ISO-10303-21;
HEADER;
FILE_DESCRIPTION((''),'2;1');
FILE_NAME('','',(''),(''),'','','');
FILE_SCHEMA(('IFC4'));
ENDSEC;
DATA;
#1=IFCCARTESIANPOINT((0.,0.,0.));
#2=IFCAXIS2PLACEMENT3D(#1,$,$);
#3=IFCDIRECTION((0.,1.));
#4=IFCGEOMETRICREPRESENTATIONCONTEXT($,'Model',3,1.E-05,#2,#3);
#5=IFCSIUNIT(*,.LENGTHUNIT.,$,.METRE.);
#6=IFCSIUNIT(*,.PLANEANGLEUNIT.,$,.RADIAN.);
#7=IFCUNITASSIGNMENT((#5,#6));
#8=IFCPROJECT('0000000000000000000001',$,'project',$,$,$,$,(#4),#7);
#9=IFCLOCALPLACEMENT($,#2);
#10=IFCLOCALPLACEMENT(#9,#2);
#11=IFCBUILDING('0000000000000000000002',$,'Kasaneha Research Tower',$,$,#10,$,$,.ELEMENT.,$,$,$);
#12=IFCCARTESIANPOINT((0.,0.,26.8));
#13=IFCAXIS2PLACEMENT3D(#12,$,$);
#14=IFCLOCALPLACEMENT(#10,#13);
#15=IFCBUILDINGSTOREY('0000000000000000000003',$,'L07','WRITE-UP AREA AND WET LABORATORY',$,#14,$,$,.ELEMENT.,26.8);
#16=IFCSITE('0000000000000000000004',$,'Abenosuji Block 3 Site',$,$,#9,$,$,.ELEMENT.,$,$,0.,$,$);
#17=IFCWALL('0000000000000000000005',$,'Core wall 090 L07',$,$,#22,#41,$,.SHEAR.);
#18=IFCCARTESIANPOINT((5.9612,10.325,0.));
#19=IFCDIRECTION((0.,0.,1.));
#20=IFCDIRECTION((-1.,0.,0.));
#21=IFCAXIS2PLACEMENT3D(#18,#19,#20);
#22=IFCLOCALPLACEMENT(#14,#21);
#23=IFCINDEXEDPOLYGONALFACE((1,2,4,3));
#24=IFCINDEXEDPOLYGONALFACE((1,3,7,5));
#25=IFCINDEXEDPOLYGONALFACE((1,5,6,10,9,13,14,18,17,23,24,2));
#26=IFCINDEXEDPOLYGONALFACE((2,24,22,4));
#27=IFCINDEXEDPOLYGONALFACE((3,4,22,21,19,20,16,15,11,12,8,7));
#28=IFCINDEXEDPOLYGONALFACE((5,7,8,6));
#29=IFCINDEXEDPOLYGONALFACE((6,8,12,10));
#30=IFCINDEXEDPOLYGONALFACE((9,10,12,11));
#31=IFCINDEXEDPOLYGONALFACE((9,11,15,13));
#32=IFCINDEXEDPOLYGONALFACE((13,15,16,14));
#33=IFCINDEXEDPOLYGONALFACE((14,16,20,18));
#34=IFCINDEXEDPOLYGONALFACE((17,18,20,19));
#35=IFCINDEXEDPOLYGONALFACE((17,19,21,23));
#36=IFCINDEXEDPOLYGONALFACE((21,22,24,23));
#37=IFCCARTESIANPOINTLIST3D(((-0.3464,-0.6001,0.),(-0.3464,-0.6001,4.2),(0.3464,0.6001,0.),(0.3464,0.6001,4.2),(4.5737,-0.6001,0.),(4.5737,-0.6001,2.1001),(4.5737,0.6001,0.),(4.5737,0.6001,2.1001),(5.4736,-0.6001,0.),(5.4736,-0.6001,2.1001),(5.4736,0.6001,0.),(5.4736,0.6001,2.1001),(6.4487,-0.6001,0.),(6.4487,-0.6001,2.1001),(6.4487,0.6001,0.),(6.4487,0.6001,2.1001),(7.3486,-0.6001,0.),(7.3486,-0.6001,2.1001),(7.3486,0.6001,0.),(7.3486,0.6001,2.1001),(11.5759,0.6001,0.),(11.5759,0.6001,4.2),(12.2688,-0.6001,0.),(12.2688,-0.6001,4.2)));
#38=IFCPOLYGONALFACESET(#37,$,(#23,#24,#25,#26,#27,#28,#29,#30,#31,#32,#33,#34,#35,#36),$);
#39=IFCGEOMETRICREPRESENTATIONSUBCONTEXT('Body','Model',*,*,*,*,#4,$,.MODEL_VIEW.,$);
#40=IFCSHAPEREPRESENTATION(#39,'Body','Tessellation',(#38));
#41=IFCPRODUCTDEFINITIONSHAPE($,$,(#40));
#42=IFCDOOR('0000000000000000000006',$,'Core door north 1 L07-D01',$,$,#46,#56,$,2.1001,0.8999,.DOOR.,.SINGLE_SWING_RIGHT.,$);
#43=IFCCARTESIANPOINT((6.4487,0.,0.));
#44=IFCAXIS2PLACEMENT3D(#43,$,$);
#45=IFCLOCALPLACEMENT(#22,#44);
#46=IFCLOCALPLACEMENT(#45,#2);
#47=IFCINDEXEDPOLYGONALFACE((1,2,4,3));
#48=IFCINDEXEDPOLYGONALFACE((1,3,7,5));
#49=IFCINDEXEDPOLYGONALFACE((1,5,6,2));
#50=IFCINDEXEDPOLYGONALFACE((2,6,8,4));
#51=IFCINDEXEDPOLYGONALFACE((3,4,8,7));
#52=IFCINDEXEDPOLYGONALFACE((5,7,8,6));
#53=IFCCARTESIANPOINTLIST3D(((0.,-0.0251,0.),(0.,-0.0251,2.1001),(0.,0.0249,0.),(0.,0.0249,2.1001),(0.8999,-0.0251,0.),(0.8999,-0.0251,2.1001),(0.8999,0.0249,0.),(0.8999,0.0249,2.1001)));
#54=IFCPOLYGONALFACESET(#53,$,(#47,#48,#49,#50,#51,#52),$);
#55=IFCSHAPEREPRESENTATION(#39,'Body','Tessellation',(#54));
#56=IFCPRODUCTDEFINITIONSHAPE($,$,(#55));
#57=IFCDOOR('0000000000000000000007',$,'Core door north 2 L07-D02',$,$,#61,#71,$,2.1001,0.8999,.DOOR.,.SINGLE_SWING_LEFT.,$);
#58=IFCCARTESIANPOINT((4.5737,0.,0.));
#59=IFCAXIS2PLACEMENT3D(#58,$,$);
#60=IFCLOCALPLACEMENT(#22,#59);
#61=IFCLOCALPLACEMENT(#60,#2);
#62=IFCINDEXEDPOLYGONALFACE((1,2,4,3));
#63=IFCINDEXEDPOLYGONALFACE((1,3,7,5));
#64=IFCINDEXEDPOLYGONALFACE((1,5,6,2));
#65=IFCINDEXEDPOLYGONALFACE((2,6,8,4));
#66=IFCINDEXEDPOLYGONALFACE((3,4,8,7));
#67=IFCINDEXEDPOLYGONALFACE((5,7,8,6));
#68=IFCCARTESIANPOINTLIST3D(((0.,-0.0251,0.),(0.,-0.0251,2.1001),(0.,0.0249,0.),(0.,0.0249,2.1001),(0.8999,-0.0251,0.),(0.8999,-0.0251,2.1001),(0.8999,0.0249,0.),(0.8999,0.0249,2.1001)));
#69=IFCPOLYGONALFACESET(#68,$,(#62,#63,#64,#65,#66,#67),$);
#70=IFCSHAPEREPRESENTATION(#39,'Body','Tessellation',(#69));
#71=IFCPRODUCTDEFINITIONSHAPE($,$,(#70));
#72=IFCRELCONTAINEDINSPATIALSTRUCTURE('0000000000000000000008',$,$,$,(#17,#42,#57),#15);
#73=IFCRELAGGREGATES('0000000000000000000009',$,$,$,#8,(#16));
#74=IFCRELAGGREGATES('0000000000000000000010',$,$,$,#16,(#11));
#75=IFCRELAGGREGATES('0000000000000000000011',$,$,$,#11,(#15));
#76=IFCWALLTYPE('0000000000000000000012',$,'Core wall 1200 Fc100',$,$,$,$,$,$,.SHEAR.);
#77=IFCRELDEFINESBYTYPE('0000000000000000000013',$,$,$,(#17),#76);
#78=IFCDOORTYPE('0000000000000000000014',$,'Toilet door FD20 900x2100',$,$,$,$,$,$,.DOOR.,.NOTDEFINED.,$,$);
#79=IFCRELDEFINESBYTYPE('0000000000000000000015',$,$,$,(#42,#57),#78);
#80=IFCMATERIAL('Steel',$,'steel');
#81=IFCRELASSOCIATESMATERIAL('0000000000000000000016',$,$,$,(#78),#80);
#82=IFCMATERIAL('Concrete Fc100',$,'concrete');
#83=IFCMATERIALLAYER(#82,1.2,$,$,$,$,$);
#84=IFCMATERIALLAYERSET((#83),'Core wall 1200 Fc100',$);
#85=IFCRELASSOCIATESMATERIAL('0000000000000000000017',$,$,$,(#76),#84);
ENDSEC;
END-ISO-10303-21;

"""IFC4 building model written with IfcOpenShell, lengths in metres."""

from ifc_helpers import new_model, si_unit, direction, frame, frame_2d, origin, place, context, subcontext, project, spatial, polyline, rectangle, outline, extrude, material, layer, layer_set, type_object, element, fill, save


model = new_model("IFC4")

# Units and contexts
model_context = context("Model", 3, precision=1e-05, world=origin(), true_north=direction((0.0, 1.0)))
body_context = subcontext(model_context, "Body", "Model", "MODEL_VIEW")
ifc_project = project(units=[si_unit("LENGTHUNIT", "METRE"), si_unit("PLANEANGLEUNIT", "RADIAN")], contexts=[model_context])

# Site, building, storey
site_placement = place(None, origin())
site = spatial("IfcSite", under=ifc_project, at=site_placement, Name="Abenosuji Block 3 Site", CompositionType="ELEMENT", RefElevation=0.0)
building_placement = place(site_placement, origin())
building = spatial("IfcBuilding", under=site, at=building_placement, Name="Kasaneha Research Tower", CompositionType="ELEMENT")
storey_placement = place(building_placement, frame((0.0, 0.0, 26.8)))
storey = spatial("IfcBuildingStorey", under=building, at=storey_placement, Name="L07", Description="WRITE-UP AREA AND WET LABORATORY", CompositionType="ELEMENT", Elevation=26.8)

# Shared definitions
ifc_material_1 = material(Name="Steel", Category="steel")
door_type_1 = type_object("IfcDoorType", Name="Toilet door FD20 900x2100", OperationType="NOTDEFINED", PredefinedType="DOOR", material=ifc_material_1)

# Wall, openings, doors
ifc_material_2 = material(Name="Concrete Fc100", Category="concrete")
ifc_layer_1 = layer(ifc_material_2, 1.2)
ifc_layer_set_1 = layer_set([ifc_layer_1], Name="Core wall 1200 Fc100")
wall_type_1 = type_object("IfcWallType", Name="Core wall 1200 Fc100", PredefinedType="SHEAR", material=ifc_layer_set_1)
wall_1_placement = place(storey_placement, frame((5.9612, 10.325, 0.0), z_axis=(0.0, 0.0, 1.0), x_axis=(-1.0, 0.0, 0.0)))
wall_1 = element("IfcWall", 1, at=wall_1_placement, inside=storey, type_object=wall_type_1, Name="Core wall 090 L07", PredefinedType="SHEAR", context=body_context, shape_type="SweptSolid", body=[
    extrude(outline(polyline([(-0.3464, -0.6001), (4.5737, -0.6001), (5.4736, -0.6001), (6.4487, -0.6001), (7.3486, -0.6001), (12.2688, -0.6001), (11.5759, 0.6001), (7.3486, 0.6001), (6.4487, 0.6001), (5.4736, 0.6001), (4.5737, 0.6001), (0.3464, 0.6001), (-0.3464, -0.6001)])), origin(), (0.0, 0.0, 1.0), 4.2),
])
opening_1_placement = place(wall_1_placement, frame((6.4487, 0.0, 0.0)))
opening_1 = element("IfcOpeningElement", 2, at=opening_1_placement, cuts=wall_1, PredefinedType="OPENING", context=body_context, shape_type="SweptSolid", body=[
    extrude(rectangle(XDim=0.8999, YDim=2.1001, at=frame_2d((0.45, 1.05))), frame((0.0, 0.6099, 0.0), z_axis=(0.0, -1.0, 0.0), x_axis=(1.0, 0.0, 0.0)), (0.0, 0.0, 1.0), 1.22),
])
opening_2_placement = place(wall_1_placement, frame((4.5737, 0.0, 0.0)))
opening_2 = element("IfcOpeningElement", 3, at=opening_2_placement, cuts=wall_1, PredefinedType="OPENING", context=body_context, shape_type="SweptSolid", body=[
    extrude(rectangle(XDim=0.8999, YDim=2.1001, at=frame_2d((0.45, 1.05))), frame((0.0, 0.6099, 0.0), z_axis=(0.0, -1.0, 0.0), x_axis=(1.0, 0.0, 0.0)), (0.0, 0.0, 1.0), 1.22),
])
door_1_placement = place(opening_1_placement, origin())
door_1 = element("IfcDoor", 4, at=door_1_placement, inside=storey, type_object=door_type_1, Name="Core door north 1 L07-D01", OperationType="SINGLE_SWING_RIGHT", OverallHeight=2.1001, OverallWidth=0.8999, PredefinedType="DOOR", context=body_context, shape_type="SweptSolid", body=[
    extrude(rectangle(XDim=0.8999, YDim=2.1001, at=frame_2d((0.45, 1.05))), frame((0.0, 0.0249, 0.0), z_axis=(0.0, -1.0, 0.0), x_axis=(1.0, 0.0, 0.0)), (0.0, 0.0, 1.0), 0.05),
])
fill(opening_1, door_1)
door_2_placement = place(opening_2_placement, origin())
door_2 = element("IfcDoor", 5, at=door_2_placement, inside=storey, type_object=door_type_1, Name="Core door north 2 L07-D02", OperationType="SINGLE_SWING_LEFT", OverallHeight=2.1001, OverallWidth=0.8999, PredefinedType="DOOR", context=body_context, shape_type="SweptSolid", body=[
    extrude(rectangle(XDim=0.8999, YDim=2.1001, at=frame_2d((0.45, 1.05))), frame((0.0, 0.0249, 0.0), z_axis=(0.0, -1.0, 0.0), x_axis=(1.0, 0.0, 0.0)), (0.0, 0.0, 1.0), 0.05),
])
fill(opening_2, door_2)

save(model, "model.ifc")
